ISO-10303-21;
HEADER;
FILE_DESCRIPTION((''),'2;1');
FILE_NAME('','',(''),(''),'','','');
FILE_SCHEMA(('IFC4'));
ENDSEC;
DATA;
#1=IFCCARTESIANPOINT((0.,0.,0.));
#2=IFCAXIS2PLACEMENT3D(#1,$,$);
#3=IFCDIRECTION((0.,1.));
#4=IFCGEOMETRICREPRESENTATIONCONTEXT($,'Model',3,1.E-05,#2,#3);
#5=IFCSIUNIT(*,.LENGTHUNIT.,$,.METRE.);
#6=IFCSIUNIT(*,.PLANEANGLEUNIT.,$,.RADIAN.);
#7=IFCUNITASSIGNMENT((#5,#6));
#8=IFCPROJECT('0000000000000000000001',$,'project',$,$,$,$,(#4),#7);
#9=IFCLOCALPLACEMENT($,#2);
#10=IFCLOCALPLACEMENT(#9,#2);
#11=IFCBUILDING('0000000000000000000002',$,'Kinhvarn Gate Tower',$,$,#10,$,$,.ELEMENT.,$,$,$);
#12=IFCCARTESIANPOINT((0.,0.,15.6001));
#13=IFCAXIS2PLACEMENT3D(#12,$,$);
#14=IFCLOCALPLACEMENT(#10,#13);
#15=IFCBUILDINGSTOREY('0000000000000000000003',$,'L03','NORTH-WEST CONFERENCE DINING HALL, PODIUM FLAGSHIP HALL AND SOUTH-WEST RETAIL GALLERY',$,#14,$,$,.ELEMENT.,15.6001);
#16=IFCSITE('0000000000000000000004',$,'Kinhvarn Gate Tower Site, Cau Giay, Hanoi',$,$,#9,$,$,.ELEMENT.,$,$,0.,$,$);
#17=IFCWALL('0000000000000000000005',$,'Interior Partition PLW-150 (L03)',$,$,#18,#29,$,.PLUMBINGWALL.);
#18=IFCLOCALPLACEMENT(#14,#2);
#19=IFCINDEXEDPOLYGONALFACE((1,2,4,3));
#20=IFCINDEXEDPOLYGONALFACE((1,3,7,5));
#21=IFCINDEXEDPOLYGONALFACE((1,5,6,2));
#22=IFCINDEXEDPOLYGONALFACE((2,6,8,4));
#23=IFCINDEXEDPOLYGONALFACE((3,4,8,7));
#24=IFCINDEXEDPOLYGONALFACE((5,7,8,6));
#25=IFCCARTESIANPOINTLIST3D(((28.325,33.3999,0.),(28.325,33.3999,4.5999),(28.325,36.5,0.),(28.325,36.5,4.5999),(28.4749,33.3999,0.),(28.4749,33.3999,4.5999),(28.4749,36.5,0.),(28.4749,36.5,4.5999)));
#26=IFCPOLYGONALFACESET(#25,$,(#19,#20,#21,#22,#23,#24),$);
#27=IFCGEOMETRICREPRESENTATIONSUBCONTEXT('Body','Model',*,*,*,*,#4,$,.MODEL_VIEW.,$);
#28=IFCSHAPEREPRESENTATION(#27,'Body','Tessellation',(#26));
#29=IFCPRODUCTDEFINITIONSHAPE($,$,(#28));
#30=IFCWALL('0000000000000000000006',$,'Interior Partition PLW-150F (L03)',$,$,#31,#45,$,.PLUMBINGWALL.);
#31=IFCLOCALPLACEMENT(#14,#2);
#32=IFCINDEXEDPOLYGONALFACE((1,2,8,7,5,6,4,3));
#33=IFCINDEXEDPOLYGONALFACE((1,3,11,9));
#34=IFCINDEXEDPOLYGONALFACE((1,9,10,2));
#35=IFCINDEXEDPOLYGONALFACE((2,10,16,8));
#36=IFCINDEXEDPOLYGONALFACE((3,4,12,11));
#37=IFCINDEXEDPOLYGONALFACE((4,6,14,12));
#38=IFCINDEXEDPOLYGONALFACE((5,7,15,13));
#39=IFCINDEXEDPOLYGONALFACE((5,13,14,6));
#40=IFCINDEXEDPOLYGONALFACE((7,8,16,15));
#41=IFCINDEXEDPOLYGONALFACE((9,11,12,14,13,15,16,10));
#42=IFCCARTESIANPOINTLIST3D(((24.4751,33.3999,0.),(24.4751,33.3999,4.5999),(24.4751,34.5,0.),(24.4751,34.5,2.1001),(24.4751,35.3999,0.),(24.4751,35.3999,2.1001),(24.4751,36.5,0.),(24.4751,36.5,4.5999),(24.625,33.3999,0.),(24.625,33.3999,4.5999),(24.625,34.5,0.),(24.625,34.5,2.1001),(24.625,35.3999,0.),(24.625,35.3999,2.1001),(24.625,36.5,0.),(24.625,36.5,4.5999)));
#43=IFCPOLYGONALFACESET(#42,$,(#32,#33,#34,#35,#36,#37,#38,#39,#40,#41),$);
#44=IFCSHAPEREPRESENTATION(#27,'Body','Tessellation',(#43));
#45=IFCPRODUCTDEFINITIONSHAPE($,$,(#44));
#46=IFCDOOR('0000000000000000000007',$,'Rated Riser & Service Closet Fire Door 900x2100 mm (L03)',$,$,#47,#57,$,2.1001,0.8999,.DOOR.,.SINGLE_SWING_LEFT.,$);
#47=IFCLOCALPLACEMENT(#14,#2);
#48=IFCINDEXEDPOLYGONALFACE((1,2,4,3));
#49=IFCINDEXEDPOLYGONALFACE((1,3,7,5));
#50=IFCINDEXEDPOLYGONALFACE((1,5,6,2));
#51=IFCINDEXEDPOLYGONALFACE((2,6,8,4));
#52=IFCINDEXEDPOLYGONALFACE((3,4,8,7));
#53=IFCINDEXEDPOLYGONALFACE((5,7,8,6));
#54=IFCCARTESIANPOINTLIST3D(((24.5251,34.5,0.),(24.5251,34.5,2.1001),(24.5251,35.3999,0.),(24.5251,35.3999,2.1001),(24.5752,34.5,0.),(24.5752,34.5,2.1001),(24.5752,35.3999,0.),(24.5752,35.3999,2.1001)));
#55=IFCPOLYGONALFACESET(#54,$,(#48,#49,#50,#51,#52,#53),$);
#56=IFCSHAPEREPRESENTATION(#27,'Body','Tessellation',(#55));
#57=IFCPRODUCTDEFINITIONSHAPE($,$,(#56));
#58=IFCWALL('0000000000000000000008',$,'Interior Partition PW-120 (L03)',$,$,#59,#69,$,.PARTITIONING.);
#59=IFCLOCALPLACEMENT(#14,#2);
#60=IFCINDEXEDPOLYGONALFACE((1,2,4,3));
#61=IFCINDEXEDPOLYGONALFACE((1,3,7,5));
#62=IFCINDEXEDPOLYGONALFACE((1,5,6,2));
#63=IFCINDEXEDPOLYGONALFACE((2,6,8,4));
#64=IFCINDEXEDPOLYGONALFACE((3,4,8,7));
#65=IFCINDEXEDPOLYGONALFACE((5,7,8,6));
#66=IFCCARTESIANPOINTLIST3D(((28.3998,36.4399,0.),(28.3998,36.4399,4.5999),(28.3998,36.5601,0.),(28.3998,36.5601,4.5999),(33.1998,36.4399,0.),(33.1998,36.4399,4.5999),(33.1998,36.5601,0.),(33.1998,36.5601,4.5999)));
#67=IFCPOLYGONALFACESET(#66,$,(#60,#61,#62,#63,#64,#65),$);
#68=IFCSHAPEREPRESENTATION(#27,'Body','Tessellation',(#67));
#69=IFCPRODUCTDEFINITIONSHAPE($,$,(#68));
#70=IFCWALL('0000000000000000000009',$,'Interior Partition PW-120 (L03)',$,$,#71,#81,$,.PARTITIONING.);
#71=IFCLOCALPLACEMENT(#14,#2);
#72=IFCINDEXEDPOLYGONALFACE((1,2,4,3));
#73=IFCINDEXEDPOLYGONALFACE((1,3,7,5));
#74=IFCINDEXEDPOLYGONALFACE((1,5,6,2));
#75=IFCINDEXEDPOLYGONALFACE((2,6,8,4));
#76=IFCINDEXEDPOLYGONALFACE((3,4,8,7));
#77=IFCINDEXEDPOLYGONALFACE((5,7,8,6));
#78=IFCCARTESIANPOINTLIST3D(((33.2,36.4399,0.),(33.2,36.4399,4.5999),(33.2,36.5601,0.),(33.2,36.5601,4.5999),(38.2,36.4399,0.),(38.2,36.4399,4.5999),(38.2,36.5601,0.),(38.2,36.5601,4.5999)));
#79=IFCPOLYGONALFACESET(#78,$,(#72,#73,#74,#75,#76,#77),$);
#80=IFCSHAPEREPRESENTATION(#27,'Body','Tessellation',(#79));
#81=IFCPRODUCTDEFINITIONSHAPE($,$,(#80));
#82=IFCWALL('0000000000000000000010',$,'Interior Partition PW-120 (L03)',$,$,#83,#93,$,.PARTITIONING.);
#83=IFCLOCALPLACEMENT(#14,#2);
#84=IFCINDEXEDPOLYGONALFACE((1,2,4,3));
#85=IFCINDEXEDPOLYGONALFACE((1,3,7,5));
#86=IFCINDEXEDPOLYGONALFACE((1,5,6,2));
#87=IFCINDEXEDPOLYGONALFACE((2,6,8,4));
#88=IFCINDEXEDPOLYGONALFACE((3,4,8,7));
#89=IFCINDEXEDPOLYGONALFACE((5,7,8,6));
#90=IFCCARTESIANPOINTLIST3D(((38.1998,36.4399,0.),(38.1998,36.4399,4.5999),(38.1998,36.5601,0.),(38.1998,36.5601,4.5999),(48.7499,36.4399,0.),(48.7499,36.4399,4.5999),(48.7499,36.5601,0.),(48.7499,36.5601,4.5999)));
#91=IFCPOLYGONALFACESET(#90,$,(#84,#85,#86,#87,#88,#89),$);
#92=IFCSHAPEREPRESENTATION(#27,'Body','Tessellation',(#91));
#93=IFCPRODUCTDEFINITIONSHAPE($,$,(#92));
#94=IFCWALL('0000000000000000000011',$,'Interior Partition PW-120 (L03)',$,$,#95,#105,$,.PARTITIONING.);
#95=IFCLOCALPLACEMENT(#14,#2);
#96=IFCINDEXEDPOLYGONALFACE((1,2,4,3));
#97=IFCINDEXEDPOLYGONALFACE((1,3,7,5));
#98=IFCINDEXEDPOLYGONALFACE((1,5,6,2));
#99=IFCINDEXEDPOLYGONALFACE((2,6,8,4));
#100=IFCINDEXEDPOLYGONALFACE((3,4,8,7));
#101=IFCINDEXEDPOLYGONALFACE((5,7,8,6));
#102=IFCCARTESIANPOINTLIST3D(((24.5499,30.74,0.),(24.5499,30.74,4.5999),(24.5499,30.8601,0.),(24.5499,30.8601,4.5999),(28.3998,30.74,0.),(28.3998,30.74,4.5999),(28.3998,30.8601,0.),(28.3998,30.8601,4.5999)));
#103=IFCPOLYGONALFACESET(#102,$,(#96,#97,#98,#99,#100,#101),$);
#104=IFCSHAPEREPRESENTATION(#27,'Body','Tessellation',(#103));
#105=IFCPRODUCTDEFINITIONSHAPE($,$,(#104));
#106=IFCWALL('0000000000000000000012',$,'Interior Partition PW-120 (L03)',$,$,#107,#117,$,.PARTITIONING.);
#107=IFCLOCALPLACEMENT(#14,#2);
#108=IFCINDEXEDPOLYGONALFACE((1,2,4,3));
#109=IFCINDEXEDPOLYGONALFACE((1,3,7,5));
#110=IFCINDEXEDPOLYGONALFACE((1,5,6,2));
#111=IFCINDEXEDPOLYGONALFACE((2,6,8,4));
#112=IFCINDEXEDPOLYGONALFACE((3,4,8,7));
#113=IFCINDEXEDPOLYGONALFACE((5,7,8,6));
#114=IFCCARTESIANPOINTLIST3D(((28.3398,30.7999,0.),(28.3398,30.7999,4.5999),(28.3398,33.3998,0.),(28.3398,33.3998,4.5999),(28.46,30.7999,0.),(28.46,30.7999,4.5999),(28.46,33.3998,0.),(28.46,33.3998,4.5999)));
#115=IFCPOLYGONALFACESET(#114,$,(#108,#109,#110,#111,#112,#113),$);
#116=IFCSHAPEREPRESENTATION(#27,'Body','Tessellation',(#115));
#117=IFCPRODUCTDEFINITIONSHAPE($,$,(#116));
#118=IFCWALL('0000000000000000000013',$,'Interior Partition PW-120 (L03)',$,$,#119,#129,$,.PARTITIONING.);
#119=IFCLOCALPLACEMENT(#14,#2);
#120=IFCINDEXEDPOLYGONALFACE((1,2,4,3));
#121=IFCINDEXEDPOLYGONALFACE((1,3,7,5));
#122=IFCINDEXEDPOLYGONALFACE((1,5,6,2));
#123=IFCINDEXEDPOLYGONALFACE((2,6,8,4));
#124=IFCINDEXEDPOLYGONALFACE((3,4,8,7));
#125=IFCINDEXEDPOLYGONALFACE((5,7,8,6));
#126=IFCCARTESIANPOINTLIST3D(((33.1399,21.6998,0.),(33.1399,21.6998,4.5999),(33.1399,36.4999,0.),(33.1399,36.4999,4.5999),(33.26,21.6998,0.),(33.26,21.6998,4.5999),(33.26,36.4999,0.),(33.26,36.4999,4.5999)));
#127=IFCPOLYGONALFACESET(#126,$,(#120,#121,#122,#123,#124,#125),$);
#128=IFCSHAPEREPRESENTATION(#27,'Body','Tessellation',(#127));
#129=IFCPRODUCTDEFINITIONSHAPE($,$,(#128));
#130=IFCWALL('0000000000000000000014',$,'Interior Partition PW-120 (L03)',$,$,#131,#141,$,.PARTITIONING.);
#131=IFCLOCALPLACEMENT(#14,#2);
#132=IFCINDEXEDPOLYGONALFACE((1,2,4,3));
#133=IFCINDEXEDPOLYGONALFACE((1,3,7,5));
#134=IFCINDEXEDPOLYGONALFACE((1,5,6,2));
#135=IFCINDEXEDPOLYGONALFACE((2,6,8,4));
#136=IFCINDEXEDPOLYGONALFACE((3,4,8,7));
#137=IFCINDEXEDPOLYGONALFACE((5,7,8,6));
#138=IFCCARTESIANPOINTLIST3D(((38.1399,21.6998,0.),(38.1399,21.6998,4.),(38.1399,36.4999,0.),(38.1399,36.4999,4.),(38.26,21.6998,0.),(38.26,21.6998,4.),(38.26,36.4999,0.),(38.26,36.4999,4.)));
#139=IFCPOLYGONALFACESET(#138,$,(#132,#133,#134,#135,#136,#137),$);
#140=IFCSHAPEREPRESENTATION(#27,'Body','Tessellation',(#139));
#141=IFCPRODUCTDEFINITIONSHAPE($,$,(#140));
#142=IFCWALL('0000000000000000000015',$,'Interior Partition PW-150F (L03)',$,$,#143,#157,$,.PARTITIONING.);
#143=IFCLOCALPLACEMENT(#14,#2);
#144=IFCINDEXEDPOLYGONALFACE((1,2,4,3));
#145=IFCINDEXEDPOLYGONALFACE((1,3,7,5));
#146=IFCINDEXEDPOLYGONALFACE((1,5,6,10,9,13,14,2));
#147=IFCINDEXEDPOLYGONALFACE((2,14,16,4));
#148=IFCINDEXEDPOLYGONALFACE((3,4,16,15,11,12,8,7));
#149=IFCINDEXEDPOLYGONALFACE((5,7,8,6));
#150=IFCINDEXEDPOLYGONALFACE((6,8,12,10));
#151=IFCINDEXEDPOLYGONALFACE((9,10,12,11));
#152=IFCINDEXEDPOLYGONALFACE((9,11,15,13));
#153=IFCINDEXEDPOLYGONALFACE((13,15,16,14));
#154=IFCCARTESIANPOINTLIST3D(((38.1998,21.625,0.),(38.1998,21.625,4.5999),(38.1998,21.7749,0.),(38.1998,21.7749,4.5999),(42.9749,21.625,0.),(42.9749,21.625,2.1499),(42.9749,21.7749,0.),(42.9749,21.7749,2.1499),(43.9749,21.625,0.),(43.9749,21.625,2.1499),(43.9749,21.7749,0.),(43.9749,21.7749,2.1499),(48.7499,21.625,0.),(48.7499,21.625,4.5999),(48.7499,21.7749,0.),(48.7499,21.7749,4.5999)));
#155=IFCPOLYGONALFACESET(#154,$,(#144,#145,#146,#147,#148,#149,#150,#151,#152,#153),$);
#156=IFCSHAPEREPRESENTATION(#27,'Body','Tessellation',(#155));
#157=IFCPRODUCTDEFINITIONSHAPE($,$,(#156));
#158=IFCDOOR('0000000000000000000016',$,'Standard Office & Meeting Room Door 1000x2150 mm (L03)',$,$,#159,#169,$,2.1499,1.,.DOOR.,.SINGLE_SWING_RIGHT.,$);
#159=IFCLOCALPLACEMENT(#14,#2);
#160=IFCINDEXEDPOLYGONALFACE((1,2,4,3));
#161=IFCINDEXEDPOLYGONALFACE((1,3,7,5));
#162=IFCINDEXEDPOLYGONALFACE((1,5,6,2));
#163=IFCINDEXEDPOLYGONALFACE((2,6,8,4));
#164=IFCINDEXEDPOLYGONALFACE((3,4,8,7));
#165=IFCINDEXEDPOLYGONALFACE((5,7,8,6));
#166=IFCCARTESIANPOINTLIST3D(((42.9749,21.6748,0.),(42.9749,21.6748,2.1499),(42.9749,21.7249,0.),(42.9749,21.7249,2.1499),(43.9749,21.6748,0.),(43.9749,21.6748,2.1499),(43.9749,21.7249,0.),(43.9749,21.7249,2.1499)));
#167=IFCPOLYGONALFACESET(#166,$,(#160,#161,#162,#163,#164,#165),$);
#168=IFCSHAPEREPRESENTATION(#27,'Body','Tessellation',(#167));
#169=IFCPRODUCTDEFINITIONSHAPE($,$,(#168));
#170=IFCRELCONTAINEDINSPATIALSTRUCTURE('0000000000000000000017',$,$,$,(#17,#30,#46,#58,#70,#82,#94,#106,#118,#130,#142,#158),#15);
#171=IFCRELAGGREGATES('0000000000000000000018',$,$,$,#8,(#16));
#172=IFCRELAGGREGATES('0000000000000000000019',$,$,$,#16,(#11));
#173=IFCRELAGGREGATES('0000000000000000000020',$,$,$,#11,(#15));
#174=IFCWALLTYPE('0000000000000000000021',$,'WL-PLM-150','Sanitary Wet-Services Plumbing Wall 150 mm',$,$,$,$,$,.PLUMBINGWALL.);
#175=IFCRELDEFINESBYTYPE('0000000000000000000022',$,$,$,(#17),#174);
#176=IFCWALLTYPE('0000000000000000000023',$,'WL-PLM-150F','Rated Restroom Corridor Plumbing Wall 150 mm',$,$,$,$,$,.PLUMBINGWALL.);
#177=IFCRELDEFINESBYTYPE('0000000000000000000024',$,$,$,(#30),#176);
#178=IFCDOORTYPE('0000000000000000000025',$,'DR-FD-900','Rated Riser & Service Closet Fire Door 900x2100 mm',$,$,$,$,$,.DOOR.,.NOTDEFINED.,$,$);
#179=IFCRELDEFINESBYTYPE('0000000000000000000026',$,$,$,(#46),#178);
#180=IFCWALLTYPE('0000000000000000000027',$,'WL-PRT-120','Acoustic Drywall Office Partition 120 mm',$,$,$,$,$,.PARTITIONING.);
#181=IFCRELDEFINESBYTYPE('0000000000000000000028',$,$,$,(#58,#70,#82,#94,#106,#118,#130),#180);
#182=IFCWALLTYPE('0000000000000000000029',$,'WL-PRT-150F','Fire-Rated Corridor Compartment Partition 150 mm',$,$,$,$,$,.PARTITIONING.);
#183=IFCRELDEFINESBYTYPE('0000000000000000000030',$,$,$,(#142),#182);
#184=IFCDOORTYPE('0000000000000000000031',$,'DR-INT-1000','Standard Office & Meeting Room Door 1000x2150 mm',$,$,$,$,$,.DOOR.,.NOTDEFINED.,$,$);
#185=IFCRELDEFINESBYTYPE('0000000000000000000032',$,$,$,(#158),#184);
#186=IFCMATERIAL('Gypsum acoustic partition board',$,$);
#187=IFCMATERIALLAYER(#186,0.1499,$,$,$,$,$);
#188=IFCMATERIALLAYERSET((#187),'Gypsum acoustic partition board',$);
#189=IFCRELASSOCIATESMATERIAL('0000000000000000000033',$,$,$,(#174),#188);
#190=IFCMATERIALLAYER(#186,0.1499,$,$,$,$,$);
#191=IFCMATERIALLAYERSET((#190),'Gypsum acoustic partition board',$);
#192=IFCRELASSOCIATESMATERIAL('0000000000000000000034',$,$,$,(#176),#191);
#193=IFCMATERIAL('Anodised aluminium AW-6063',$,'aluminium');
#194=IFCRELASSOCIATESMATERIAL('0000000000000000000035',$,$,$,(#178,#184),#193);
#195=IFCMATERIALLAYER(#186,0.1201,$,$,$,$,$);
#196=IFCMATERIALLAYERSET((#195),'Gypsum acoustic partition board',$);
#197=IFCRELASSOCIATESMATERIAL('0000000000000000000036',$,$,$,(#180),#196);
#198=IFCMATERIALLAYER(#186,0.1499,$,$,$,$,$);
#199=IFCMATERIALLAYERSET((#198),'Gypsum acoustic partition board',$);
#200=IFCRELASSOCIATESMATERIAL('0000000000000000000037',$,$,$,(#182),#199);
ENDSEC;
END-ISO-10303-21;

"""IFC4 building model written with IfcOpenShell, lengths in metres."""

from ifc_helpers import new_model, si_unit, direction, frame, frame_2d, origin, place, context, subcontext, project, spatial, rectangle, extrude, material, layer, layer_set, type_object, element, fill, save


model = new_model("IFC4")

# Units and contexts
model_context = context("Model", 3, precision=1e-05, world=origin(), true_north=direction((0.0, 1.0)))
body_context = subcontext(model_context, "Body", "Model", "MODEL_VIEW")
ifc_project = project(units=[si_unit("LENGTHUNIT", "METRE"), si_unit("PLANEANGLEUNIT", "RADIAN")], contexts=[model_context])

# Site, building, storey
site_placement = place(None, origin())
site = spatial("IfcSite", under=ifc_project, at=site_placement, Name="Kinhvarn Gate Tower Site, Cau Giay, Hanoi", CompositionType="ELEMENT", RefElevation=0.0)
building_placement = place(site_placement, origin())
building = spatial("IfcBuilding", under=site, at=building_placement, Name="Kinhvarn Gate Tower", CompositionType="ELEMENT")
storey_placement = place(building_placement, frame((0.0, 0.0, 15.6001)))
storey = spatial("IfcBuildingStorey", under=building, at=storey_placement, Name="L03", Description="NORTH-WEST CONFERENCE DINING HALL, PODIUM FLAGSHIP HALL AND SOUTH-WEST RETAIL GALLERY", CompositionType="ELEMENT", Elevation=15.6001)

# Wall
ifc_material_1 = material(Name="Gypsum acoustic partition board")
ifc_layer_1 = layer(ifc_material_1, 0.1499)
ifc_layer_set_1 = layer_set([ifc_layer_1], Name="Gypsum acoustic partition board")
wall_type_1 = type_object("IfcWallType", Name="WL-PLM-150", Description="Sanitary Wet-Services Plumbing Wall 150 mm", PredefinedType="PLUMBINGWALL", material=ifc_layer_set_1)
wall_1_placement = place(storey_placement, frame((28.3999, 33.3999, 0.0), z_axis=(0.0, 0.0, 1.0), x_axis=(0.0, 1.0, 0.0)))
element("IfcWall", 1, at=wall_1_placement, inside=storey, type_object=wall_type_1, Name="Interior Partition PLW-150 (L03)", PredefinedType="PLUMBINGWALL", context=body_context, shape_type="SweptSolid", body=[
    extrude(rectangle(XDim=3.1001, YDim=0.1499, at=frame_2d((1.55, 0.0))), origin(), (0.0, 0.0, 1.0), 4.5999),
])

# Wall, opening, door
ifc_layer_2 = layer(ifc_material_1, 0.1499)
ifc_layer_set_2 = layer_set([ifc_layer_2], Name="Gypsum acoustic partition board")
wall_type_2 = type_object("IfcWallType", Name="WL-PLM-150F", Description="Rated Restroom Corridor Plumbing Wall 150 mm", PredefinedType="PLUMBINGWALL", material=ifc_layer_set_2)
wall_2_placement = place(storey_placement, frame((24.55, 33.3999, 0.0), z_axis=(0.0, 0.0, 1.0), x_axis=(0.0, 1.0, 0.0)))
wall_2 = element("IfcWall", 2, at=wall_2_placement, inside=storey, type_object=wall_type_2, Name="Interior Partition PLW-150F (L03)", PredefinedType="PLUMBINGWALL", context=body_context, shape_type="SweptSolid", body=[
    extrude(rectangle(XDim=3.1001, YDim=0.1499, at=frame_2d((1.55, 0.0))), origin(), (0.0, 0.0, 1.0), 4.5999),
])
opening_1_placement = place(wall_2_placement, frame((1.1001, 0.0, 0.0)))
opening_1 = element("IfcOpeningElement", 3, at=opening_1_placement, cuts=wall_2, PredefinedType="OPENING", context=body_context, shape_type="SweptSolid", body=[
    extrude(rectangle(XDim=0.8999, YDim=2.1001, at=frame_2d((0.45, 1.05))), frame((0.0, 0.085, 0.0), z_axis=(0.0, -1.0, 0.0), x_axis=(1.0, 0.0, 0.0)), (0.0, 0.0, 1.0), 0.1699),
])
ifc_material_2 = material(Name="Anodised aluminium AW-6063", Category="aluminium")
door_type_1 = type_object("IfcDoorType", Name="DR-FD-900", Description="Rated Riser & Service Closet Fire Door 900x2100 mm", OperationType="NOTDEFINED", PredefinedType="DOOR", material=ifc_material_2)
door_1_placement = place(opening_1_placement, origin())
door_1 = element("IfcDoor", 4, at=door_1_placement, inside=storey, type_object=door_type_1, Name="Rated Riser & Service Closet Fire Door 900x2100 mm (L03)", OperationType="SINGLE_SWING_LEFT", OverallHeight=2.1001, OverallWidth=0.8999, PredefinedType="DOOR", context=body_context, shape_type="SweptSolid", body=[
    extrude(rectangle(XDim=0.8999, YDim=2.1001, at=frame_2d((0.45, 1.05))), frame((0.0, 0.0249, 0.0), z_axis=(0.0, -1.0, 0.0), x_axis=(1.0, 0.0, 0.0)), (0.0, 0.0, 1.0), 0.05),
])
fill(opening_1, door_1)

# Walls
ifc_layer_3 = layer(ifc_material_1, 0.1201)
ifc_layer_set_3 = layer_set([ifc_layer_3], Name="Gypsum acoustic partition board")
wall_type_3 = type_object("IfcWallType", Name="WL-PRT-120", Description="Acoustic Drywall Office Partition 120 mm", PredefinedType="PARTITIONING", material=ifc_layer_set_3)
wall_3_placement = place(storey_placement, frame((28.3999, 36.5, 0.0), z_axis=(0.0, 0.0, 1.0), x_axis=(1.0, 0.0, 0.0)))
element("IfcWall", 5, at=wall_3_placement, inside=storey, type_object=wall_type_3, Name="Interior Partition PW-120 (L03)", PredefinedType="PARTITIONING", context=body_context, shape_type="SweptSolid", body=[
    extrude(rectangle(XDim=4.8, YDim=0.1201, at=frame_2d((2.3999, 0.0))), origin(), (0.0, 0.0, 1.0), 4.5999),
])
wall_4_placement = place(storey_placement, frame((33.2, 36.5, 0.0), z_axis=(0.0, 0.0, 1.0), x_axis=(1.0, 0.0, 0.0)))
element("IfcWall", 6, at=wall_4_placement, inside=storey, type_object=wall_type_3, Name="Interior Partition PW-120 (L03)", PredefinedType="PARTITIONING", context=body_context, shape_type="SweptSolid", body=[
    extrude(rectangle(XDim=5.0, YDim=0.1201, at=frame_2d((2.5, 0.0))), origin(), (0.0, 0.0, 1.0), 4.5999),
])
wall_5_placement = place(storey_placement, frame((38.2, 36.5, 0.0), z_axis=(0.0, 0.0, 1.0), x_axis=(1.0, 0.0, 0.0)))
element("IfcWall", 7, at=wall_5_placement, inside=storey, type_object=wall_type_3, Name="Interior Partition PW-120 (L03)", PredefinedType="PARTITIONING", context=body_context, shape_type="SweptSolid", body=[
    extrude(rectangle(XDim=10.55, YDim=0.1201, at=frame_2d((5.2749, 0.0))), origin(), (0.0, 0.0, 1.0), 4.5999),
])
wall_6_placement = place(storey_placement, frame((24.55, 30.8, 0.0), z_axis=(0.0, 0.0, 1.0), x_axis=(1.0, 0.0, 0.0)))
element("IfcWall", 8, at=wall_6_placement, inside=storey, type_object=wall_type_3, Name="Interior Partition PW-120 (L03)", PredefinedType="PARTITIONING", context=body_context, shape_type="SweptSolid", body=[
    extrude(rectangle(XDim=3.8499, YDim=0.1201, at=frame_2d((1.9248, 0.0))), origin(), (0.0, 0.0, 1.0), 4.5999),
])
wall_7_placement = place(storey_placement, frame((28.3999, 30.8, 0.0), z_axis=(0.0, 0.0, 1.0), x_axis=(0.0, 1.0, 0.0)))
element("IfcWall", 9, at=wall_7_placement, inside=storey, type_object=wall_type_3, Name="Interior Partition PW-120 (L03)", PredefinedType="PARTITIONING", context=body_context, shape_type="SweptSolid", body=[
    extrude(rectangle(XDim=2.5999, YDim=0.1201, at=frame_2d((1.2998, 0.0))), origin(), (0.0, 0.0, 1.0), 4.5999),
])
wall_8_placement = place(storey_placement, frame((33.2, 21.7, 0.0), z_axis=(0.0, 0.0, 1.0), x_axis=(0.0, 1.0, 0.0)))
element("IfcWall", 10, at=wall_8_placement, inside=storey, type_object=wall_type_3, Name="Interior Partition PW-120 (L03)", PredefinedType="PARTITIONING", context=body_context, shape_type="SweptSolid", body=[
    extrude(rectangle(XDim=14.8, YDim=0.1201, at=frame_2d((7.3999, 0.0))), origin(), (0.0, 0.0, 1.0), 4.5999),
])
wall_9_placement = place(storey_placement, frame((38.2, 21.7, 0.0), z_axis=(0.0, 0.0, 1.0), x_axis=(0.0, 1.0, 0.0)))
element("IfcWall", 11, at=wall_9_placement, inside=storey, type_object=wall_type_3, Name="Interior Partition PW-120 (L03)", PredefinedType="PARTITIONING", context=body_context, shape_type="SweptSolid", body=[
    extrude(rectangle(XDim=14.8, YDim=0.1201, at=frame_2d((7.3999, 0.0))), origin(), (0.0, 0.0, 1.0), 4.0),
])

# Wall, opening, door
ifc_layer_4 = layer(ifc_material_1, 0.1499)
ifc_layer_set_4 = layer_set([ifc_layer_4], Name="Gypsum acoustic partition board")
wall_type_4 = type_object("IfcWallType", Name="WL-PRT-150F", Description="Fire-Rated Corridor Compartment Partition 150 mm", PredefinedType="PARTITIONING", material=ifc_layer_set_4)
door_type_2 = type_object("IfcDoorType", Name="DR-INT-1000", Description="Standard Office & Meeting Room Door 1000x2150 mm", OperationType="NOTDEFINED", PredefinedType="DOOR", material=ifc_material_2)
wall_10_placement = place(storey_placement, frame((38.2, 21.7, 0.0), z_axis=(0.0, 0.0, 1.0), x_axis=(1.0, 0.0, 0.0)))
wall_10 = element("IfcWall", 12, at=wall_10_placement, inside=storey, type_object=wall_type_4, Name="Interior Partition PW-150F (L03)", PredefinedType="PARTITIONING", context=body_context, shape_type="SweptSolid", body=[
    extrude(rectangle(XDim=10.55, YDim=0.1499, at=frame_2d((5.2749, 0.0))), origin(), (0.0, 0.0, 1.0), 4.5999),
])
opening_2_placement = place(wall_10_placement, frame((4.7749, 0.0, 0.0)))
opening_2 = element("IfcOpeningElement", 13, at=opening_2_placement, cuts=wall_10, PredefinedType="OPENING", context=body_context, shape_type="SweptSolid", body=[
    extrude(rectangle(XDim=1.0, YDim=2.1499, at=frame_2d((0.5, 1.075))), frame((0.0, 0.085, 0.0), z_axis=(0.0, -1.0, 0.0), x_axis=(1.0, 0.0, 0.0)), (0.0, 0.0, 1.0), 0.1699),
])
door_2_placement = place(opening_2_placement, origin())
door_2 = element("IfcDoor", 14, at=door_2_placement, inside=storey, type_object=door_type_2, Name="Standard Office & Meeting Room Door 1000x2150 mm (L03)", OperationType="SINGLE_SWING_RIGHT", OverallHeight=2.1499, OverallWidth=1.0, PredefinedType="DOOR", context=body_context, shape_type="SweptSolid", body=[
    extrude(rectangle(XDim=1.0, YDim=2.1499, at=frame_2d((0.5, 1.075))), frame((0.0, 0.0249, 0.0), z_axis=(0.0, -1.0, 0.0), x_axis=(1.0, 0.0, 0.0)), (0.0, 0.0, 1.0), 0.05),
])
fill(opening_2, door_2)

save(model, "model.ifc")
